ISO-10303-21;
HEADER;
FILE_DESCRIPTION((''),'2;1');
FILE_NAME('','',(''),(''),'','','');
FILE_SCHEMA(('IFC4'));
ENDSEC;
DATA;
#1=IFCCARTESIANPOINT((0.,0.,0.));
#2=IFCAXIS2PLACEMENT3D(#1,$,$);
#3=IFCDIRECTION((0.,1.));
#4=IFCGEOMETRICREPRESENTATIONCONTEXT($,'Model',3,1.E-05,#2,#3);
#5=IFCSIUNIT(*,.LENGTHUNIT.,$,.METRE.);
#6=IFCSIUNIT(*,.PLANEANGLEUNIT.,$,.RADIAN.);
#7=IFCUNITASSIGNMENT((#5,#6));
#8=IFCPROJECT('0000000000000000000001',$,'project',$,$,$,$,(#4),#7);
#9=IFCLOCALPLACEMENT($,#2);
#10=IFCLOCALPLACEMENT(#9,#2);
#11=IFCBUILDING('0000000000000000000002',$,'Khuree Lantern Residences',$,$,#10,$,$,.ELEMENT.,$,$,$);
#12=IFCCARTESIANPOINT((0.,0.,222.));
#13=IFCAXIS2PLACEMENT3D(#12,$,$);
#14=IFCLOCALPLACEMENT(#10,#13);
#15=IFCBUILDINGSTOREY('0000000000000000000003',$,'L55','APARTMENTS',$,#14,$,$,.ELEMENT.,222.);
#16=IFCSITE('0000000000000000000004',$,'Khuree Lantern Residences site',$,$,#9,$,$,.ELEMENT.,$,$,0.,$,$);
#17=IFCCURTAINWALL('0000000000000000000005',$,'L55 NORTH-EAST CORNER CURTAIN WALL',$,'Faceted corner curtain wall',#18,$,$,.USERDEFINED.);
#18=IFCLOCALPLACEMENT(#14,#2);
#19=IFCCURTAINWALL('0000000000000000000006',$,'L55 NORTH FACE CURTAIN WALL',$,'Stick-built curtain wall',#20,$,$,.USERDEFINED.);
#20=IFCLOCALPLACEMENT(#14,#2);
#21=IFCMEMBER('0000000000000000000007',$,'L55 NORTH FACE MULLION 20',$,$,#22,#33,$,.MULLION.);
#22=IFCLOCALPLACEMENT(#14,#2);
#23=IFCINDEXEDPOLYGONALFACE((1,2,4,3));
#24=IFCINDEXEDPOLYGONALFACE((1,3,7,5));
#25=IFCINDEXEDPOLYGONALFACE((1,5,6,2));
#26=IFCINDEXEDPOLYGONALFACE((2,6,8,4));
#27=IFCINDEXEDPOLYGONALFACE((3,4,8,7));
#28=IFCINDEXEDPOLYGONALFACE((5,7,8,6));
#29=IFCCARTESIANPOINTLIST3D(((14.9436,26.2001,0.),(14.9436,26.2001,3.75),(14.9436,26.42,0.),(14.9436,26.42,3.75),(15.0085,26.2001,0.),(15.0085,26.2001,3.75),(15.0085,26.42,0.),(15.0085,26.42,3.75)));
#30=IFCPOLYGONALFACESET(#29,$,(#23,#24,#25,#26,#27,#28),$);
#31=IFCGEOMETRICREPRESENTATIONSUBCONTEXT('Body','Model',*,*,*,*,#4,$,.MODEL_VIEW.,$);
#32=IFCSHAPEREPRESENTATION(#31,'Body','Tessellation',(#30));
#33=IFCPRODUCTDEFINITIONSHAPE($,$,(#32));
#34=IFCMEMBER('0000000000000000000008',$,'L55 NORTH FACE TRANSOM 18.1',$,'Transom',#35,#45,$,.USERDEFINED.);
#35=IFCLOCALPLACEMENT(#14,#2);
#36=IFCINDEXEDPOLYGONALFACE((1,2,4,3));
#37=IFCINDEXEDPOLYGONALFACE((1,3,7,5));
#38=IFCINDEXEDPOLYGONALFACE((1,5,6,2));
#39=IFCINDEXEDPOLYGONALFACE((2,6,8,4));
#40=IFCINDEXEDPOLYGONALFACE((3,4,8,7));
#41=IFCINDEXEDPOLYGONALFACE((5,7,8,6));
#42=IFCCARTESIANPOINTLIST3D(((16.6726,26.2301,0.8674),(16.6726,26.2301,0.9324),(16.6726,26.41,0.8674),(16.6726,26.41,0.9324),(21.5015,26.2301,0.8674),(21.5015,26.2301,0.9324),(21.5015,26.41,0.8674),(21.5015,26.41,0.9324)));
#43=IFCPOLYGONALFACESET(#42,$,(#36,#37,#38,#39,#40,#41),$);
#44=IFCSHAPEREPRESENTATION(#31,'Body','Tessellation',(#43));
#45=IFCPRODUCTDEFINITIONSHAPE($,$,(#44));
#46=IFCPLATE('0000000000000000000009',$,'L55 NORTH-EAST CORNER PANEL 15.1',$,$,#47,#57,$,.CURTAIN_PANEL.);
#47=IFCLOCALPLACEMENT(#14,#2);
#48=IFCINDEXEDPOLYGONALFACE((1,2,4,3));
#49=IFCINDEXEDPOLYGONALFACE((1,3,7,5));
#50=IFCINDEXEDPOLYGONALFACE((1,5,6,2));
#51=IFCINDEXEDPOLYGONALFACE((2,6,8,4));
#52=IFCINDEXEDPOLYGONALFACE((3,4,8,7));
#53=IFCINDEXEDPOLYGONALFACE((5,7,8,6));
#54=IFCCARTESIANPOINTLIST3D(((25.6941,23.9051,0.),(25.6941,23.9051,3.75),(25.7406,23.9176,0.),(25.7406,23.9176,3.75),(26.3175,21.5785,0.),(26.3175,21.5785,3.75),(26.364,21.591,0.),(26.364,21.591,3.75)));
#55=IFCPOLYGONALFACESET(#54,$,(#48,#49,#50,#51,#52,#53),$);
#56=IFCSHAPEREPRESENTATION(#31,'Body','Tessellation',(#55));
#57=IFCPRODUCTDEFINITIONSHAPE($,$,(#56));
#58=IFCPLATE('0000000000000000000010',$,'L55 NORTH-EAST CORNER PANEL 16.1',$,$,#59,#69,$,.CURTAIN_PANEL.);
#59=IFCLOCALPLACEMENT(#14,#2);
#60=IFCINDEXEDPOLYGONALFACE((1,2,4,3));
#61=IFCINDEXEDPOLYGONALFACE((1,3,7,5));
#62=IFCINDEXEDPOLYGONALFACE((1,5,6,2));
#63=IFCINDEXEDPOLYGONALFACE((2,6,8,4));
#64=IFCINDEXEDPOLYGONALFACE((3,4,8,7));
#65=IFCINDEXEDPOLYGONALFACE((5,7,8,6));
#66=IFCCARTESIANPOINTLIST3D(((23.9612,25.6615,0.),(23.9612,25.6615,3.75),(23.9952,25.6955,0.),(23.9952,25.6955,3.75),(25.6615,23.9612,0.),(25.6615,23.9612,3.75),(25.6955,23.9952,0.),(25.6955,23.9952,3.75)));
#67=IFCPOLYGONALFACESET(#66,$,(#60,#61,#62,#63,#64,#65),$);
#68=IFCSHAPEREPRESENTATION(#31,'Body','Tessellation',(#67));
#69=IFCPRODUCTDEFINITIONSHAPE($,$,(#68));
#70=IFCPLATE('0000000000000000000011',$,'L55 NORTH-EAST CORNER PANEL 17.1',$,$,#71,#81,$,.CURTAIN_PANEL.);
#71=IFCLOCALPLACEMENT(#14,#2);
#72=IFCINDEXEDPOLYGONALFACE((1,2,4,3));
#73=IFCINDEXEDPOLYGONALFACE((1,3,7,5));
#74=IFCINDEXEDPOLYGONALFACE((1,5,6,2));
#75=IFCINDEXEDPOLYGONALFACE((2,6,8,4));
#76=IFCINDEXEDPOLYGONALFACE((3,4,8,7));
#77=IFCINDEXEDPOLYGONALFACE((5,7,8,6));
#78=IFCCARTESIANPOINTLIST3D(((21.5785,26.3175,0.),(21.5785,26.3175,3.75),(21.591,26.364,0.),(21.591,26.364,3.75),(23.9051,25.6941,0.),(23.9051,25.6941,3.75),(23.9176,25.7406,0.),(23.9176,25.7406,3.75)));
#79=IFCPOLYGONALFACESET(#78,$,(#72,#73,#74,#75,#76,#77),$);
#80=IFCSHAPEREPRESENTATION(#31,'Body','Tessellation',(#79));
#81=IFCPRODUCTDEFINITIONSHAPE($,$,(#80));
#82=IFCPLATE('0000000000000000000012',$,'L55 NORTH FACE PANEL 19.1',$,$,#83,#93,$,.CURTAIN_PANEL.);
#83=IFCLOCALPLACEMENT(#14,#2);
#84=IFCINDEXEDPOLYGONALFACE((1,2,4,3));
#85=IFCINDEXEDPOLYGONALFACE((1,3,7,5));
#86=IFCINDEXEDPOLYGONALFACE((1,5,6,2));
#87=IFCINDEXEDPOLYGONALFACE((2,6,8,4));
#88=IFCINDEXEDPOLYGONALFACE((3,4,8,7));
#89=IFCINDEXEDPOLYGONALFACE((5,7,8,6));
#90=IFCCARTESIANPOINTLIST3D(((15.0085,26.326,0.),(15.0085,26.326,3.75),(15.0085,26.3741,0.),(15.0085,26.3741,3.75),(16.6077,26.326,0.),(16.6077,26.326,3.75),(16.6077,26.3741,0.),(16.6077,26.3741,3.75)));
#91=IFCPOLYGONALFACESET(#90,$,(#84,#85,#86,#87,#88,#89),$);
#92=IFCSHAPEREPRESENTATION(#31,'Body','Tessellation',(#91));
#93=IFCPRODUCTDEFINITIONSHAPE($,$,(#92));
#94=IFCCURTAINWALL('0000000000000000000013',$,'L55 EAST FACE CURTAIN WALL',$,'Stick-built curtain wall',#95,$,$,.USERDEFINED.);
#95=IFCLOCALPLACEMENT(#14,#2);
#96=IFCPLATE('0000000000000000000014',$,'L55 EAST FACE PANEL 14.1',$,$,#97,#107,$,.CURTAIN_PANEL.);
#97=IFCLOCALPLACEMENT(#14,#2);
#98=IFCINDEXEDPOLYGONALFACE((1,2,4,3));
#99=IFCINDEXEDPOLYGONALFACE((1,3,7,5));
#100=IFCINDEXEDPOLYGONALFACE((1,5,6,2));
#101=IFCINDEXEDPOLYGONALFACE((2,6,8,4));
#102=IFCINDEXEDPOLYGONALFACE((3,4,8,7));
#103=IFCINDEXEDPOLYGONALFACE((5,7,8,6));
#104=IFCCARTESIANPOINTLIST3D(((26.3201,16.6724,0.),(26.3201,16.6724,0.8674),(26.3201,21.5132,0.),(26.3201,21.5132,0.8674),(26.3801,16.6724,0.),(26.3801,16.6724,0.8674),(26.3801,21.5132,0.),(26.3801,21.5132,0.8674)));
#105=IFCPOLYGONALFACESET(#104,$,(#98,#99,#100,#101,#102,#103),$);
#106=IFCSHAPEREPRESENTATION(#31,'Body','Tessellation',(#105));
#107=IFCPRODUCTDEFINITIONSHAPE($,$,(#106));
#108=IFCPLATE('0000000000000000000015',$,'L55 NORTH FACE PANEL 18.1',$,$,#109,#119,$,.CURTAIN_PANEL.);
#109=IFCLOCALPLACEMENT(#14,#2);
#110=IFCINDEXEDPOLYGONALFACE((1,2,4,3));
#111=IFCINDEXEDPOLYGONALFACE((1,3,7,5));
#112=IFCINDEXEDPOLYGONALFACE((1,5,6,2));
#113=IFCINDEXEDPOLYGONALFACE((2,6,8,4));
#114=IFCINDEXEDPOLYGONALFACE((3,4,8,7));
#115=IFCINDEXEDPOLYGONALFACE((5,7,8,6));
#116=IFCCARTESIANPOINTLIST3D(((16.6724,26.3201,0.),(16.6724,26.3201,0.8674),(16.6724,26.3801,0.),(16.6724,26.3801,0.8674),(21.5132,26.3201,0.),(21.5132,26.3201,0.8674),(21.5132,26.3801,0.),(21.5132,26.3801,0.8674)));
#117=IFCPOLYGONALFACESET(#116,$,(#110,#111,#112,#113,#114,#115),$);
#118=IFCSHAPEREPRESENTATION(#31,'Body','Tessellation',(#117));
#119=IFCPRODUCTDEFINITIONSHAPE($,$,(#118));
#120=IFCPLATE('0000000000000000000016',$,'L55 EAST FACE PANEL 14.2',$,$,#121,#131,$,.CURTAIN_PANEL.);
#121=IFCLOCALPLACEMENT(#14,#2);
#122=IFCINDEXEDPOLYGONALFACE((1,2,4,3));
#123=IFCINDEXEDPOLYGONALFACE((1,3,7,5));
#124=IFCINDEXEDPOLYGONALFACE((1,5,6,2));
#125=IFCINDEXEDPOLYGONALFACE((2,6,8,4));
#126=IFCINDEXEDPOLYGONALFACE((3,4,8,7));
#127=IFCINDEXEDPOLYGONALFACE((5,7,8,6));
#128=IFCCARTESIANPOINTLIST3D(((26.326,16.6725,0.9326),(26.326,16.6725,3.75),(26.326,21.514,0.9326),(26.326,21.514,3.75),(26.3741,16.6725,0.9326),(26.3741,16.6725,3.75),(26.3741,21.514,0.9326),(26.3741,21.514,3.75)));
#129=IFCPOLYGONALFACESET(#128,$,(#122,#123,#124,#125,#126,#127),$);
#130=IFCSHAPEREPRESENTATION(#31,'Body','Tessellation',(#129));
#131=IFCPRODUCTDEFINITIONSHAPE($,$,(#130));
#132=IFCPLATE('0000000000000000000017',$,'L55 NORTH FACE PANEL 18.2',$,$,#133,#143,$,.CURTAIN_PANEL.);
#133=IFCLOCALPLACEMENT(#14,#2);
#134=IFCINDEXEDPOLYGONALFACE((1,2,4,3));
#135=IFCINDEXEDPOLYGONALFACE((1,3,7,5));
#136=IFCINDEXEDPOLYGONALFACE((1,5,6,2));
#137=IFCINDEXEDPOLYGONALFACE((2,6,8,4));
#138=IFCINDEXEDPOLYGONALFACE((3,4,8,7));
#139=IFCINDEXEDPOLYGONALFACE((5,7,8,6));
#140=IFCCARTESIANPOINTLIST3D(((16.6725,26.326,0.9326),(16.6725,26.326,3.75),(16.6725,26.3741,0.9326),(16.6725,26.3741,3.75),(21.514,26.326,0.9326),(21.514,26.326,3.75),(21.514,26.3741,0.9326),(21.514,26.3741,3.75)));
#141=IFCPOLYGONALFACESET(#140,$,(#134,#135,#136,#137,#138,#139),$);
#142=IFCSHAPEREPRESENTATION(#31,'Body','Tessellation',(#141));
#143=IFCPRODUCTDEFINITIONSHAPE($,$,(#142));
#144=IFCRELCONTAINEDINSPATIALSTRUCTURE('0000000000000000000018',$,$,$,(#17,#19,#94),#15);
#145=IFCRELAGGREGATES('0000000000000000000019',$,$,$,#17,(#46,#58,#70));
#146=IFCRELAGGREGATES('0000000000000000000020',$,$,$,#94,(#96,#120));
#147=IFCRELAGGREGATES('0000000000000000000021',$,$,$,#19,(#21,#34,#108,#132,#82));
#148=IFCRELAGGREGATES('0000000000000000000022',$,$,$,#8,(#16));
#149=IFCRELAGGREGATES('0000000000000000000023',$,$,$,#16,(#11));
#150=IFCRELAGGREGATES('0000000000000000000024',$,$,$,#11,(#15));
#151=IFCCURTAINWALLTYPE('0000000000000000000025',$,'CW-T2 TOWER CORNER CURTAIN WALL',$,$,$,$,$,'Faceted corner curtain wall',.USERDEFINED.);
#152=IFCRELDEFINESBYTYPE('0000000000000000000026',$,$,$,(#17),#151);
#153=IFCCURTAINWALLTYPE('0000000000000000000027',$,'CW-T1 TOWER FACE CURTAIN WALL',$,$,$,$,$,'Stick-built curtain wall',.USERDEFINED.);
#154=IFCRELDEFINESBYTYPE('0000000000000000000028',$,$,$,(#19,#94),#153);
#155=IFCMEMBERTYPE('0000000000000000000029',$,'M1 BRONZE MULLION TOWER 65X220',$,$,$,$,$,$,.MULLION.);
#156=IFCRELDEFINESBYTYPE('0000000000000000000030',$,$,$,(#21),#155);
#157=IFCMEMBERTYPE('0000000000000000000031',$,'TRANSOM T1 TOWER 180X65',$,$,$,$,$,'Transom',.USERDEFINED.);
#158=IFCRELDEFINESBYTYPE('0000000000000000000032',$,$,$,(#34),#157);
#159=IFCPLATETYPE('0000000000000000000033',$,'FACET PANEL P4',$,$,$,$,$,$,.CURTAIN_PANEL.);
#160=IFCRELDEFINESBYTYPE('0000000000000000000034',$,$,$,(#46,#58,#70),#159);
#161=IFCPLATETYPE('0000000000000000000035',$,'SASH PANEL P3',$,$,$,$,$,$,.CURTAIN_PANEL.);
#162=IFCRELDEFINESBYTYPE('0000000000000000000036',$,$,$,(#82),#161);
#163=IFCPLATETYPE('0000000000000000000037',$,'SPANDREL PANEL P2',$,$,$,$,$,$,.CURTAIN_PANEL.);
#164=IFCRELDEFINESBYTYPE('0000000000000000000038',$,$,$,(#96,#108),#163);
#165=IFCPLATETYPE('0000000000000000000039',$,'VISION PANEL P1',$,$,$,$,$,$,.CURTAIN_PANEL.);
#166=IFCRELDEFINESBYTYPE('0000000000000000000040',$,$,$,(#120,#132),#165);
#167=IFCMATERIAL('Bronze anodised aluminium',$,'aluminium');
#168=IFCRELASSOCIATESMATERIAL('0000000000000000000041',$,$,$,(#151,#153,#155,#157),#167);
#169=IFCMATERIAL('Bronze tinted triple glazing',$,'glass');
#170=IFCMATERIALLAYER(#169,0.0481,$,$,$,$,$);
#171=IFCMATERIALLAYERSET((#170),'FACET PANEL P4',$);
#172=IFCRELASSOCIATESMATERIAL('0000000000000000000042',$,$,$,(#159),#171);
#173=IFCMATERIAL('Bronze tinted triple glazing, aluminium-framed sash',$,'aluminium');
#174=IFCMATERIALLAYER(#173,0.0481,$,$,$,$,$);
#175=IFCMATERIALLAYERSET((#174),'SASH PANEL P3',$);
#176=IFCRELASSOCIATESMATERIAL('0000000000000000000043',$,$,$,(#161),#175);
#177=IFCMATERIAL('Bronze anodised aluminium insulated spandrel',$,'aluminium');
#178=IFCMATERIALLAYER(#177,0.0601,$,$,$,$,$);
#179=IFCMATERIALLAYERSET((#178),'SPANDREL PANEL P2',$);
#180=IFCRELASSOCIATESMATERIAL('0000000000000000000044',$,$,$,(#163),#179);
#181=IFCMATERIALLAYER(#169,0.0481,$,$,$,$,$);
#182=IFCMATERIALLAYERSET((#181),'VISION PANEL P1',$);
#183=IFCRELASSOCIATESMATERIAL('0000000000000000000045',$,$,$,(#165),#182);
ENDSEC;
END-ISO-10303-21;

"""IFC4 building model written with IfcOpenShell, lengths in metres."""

from ifc_helpers import new_model, si_unit, direction, frame, origin, origin_2d, place, context, subcontext, project, spatial, rectangle, extrude, material, layer, layer_set, material_profile, profile_set, type_object, element, aggregate, save


model = new_model("IFC4")

# Units and contexts
model_context = context("Model", 3, precision=1e-05, world=origin(), true_north=direction((0.0, 1.0)))
body_context = subcontext(model_context, "Body", "Model", "MODEL_VIEW")
ifc_project = project(units=[si_unit("LENGTHUNIT", "METRE"), si_unit("PLANEANGLEUNIT", "RADIAN")], contexts=[model_context])

# Site, building, storey
site_placement = place(None, origin())
site = spatial("IfcSite", under=ifc_project, at=site_placement, Name="Khuree Lantern Residences site", CompositionType="ELEMENT", RefElevation=0.0)
building_placement = place(site_placement, origin())
building = spatial("IfcBuilding", under=site, at=building_placement, Name="Khuree Lantern Residences", CompositionType="ELEMENT")
storey_placement = place(building_placement, frame((0.0, 0.0, 222.0)))
storey = spatial("IfcBuildingStorey", under=building, at=storey_placement, Name="L55", Description="APARTMENTS", CompositionType="ELEMENT", Elevation=222.0)

# Curtain walls
ifc_material_1 = material(Name="Bronze anodised aluminium", Category="aluminium")
curtain_wall_type_1 = type_object("IfcCurtainWallType", Name="CW-T2 TOWER CORNER CURTAIN WALL", ElementType="Faceted corner curtain wall", PredefinedType="USERDEFINED", material=ifc_material_1)
curtain_wall_1_placement = place(storey_placement, origin())
curtain_wall_1 = element("IfcCurtainWall", 1, at=curtain_wall_1_placement, inside=storey, type_object=curtain_wall_type_1, Name="L55 NORTH-EAST CORNER CURTAIN WALL", ObjectType="Faceted corner curtain wall", PredefinedType="USERDEFINED")
curtain_wall_type_2 = type_object("IfcCurtainWallType", Name="CW-T1 TOWER FACE CURTAIN WALL", ElementType="Stick-built curtain wall", PredefinedType="USERDEFINED", material=ifc_material_1)
curtain_wall_2_placement = place(storey_placement, origin())
curtain_wall_2 = element("IfcCurtainWall", 2, at=curtain_wall_2_placement, inside=storey, type_object=curtain_wall_type_2, Name="L55 NORTH FACE CURTAIN WALL", ObjectType="Stick-built curtain wall", PredefinedType="USERDEFINED")

# Members
ifc_material_profile_1 = material_profile(ifc_material_1, rectangle(XDim=0.0649, YDim=0.22, at=origin_2d()), Name="M1 65X220")
ifc_profile_set_1 = profile_set([ifc_material_profile_1], Name="Bronze anodised aluminium")
member_type_1 = type_object("IfcMemberType", Name="M1 BRONZE MULLION TOWER 65X220", PredefinedType="MULLION", material=ifc_profile_set_1)
member_1_placement = place(storey_placement, frame((14.9761, 26.3101, 0.0), z_axis=(0.0, 0.0, 1.0), x_axis=(-1.0, 0.0, 0.0)))
member_1 = element("IfcMember", 3, at=member_1_placement, type_object=member_type_1, Name="L55 NORTH FACE MULLION 20", PredefinedType="MULLION", context=body_context, shape_type="SweptSolid", body=[
    extrude(rectangle(XDim=0.0649, YDim=0.22, at=origin_2d()), origin(), (0.0, 0.0, 1.0), 3.75),
])
ifc_material_profile_2 = material_profile(ifc_material_1, rectangle(XDim=0.1799, YDim=0.0649, at=origin_2d()), Name="T1 180X65")
ifc_profile_set_2 = profile_set([ifc_material_profile_2], Name="Bronze anodised aluminium")
member_type_2 = type_object("IfcMemberType", Name="TRANSOM T1 TOWER 180X65", ElementType="Transom", PredefinedType="USERDEFINED", material=ifc_profile_set_2)
member_2_placement = place(storey_placement, frame((21.5015, 26.3201, 0.8999), z_axis=(-1.0, 0.0, 0.0), x_axis=(0.0, -1.0, 0.0)))
member_2 = element("IfcMember", 4, at=member_2_placement, type_object=member_type_2, Name="L55 NORTH FACE TRANSOM 18.1", ObjectType="Transom", PredefinedType="USERDEFINED", context=body_context, shape_type="SweptSolid", body=[
    extrude(rectangle(XDim=0.1799, YDim=0.0649, at=origin_2d()), origin(), (0.0, 0.0, 1.0), 4.8289),
])

# Plates
ifc_material_2 = material(Name="Bronze tinted triple glazing", Category="glass")
ifc_layer_1 = layer(ifc_material_2, 0.0481)
ifc_layer_set_1 = layer_set([ifc_layer_1], Name="FACET PANEL P4")
plate_type_1 = type_object("IfcPlateType", Name="FACET PANEL P4", PredefinedType="CURTAIN_PANEL", material=ifc_layer_set_1)
plate_1_placement = place(storey_placement, frame((26.0291, 22.748, 0.0), z_axis=(0.0, 0.0, 1.0), x_axis=(-0.258819, 0.965926, 0.0)))
plate_1 = element("IfcPlate", 5, at=plate_1_placement, type_object=plate_type_1, Name="L55 NORTH-EAST CORNER PANEL 15.1", PredefinedType="CURTAIN_PANEL", context=body_context, shape_type="SweptSolid", body=[
    extrude(rectangle(XDim=2.4087, YDim=0.0481, at=origin_2d()), origin(), (0.0, 0.0, 1.0), 3.75),
])
plate_2_placement = place(storey_placement, frame((24.8284, 24.8284, 0.0), z_axis=(0.0, 0.0, 1.0), x_axis=(-0.707107, 0.707107, 0.0)))
plate_2 = element("IfcPlate", 6, at=plate_2_placement, type_object=plate_type_1, Name="L55 NORTH-EAST CORNER PANEL 16.1", PredefinedType="CURTAIN_PANEL", context=body_context, shape_type="SweptSolid", body=[
    extrude(rectangle(XDim=2.4045, YDim=0.0481, at=origin_2d()), origin(), (0.0, 0.0, 1.0), 3.75),
])
plate_3_placement = place(storey_placement, frame((22.748, 26.0291, 0.0), z_axis=(0.0, 0.0, 1.0), x_axis=(-0.965926, 0.258819, 0.0)))
plate_3 = element("IfcPlate", 7, at=plate_3_placement, type_object=plate_type_1, Name="L55 NORTH-EAST CORNER PANEL 17.1", PredefinedType="CURTAIN_PANEL", context=body_context, shape_type="SweptSolid", body=[
    extrude(rectangle(XDim=2.4087, YDim=0.0481, at=origin_2d()), origin(), (0.0, 0.0, 1.0), 3.75),
])
aggregate(curtain_wall_1, [plate_1, plate_2, plate_3])
ifc_material_3 = material(Name="Bronze tinted triple glazing, aluminium-framed sash", Category="aluminium")
ifc_layer_2 = layer(ifc_material_3, 0.0481)
ifc_layer_set_2 = layer_set([ifc_layer_2], Name="SASH PANEL P3")
plate_type_2 = type_object("IfcPlateType", Name="SASH PANEL P3", PredefinedType="CURTAIN_PANEL", material=ifc_layer_set_2)
plate_4_placement = place(storey_placement, frame((15.8081, 26.3501, 0.0), z_axis=(0.0, 0.0, 1.0), x_axis=(-1.0, 0.0, 0.0)))
plate_4 = element("IfcPlate", 8, at=plate_4_placement, type_object=plate_type_2, Name="L55 NORTH FACE PANEL 19.1", PredefinedType="CURTAIN_PANEL", context=body_context, shape_type="SweptSolid", body=[
    extrude(rectangle(XDim=1.5991, YDim=0.0481, at=origin_2d()), origin(), (0.0, 0.0, 1.0), 3.75),
])

# Curtain wall, plate
curtain_wall_3_placement = place(storey_placement, origin())
curtain_wall_3 = element("IfcCurtainWall", 9, at=curtain_wall_3_placement, inside=storey, type_object=curtain_wall_type_2, Name="L55 EAST FACE CURTAIN WALL", ObjectType="Stick-built curtain wall", PredefinedType="USERDEFINED")
ifc_material_4 = material(Name="Bronze anodised aluminium insulated spandrel", Category="aluminium")
ifc_layer_3 = layer(ifc_material_4, 0.0601)
ifc_layer_set_3 = layer_set([ifc_layer_3], Name="SPANDREL PANEL P2")
plate_type_3 = type_object("IfcPlateType", Name="SPANDREL PANEL P2", PredefinedType="CURTAIN_PANEL", material=ifc_layer_set_3)
plate_5_placement = place(storey_placement, frame((26.3501, 19.0928, 0.0), z_axis=(0.0, 0.0, 1.0), x_axis=(0.0, 1.0, 0.0)))
plate_5 = element("IfcPlate", 10, at=plate_5_placement, type_object=plate_type_3, Name="L55 EAST FACE PANEL 14.1", PredefinedType="CURTAIN_PANEL", context=body_context, shape_type="SweptSolid", body=[
    extrude(rectangle(XDim=4.8408, YDim=0.0601, at=origin_2d()), origin(), (0.0, 0.0, 1.0), 0.8674),
])

# Plates
plate_6_placement = place(storey_placement, frame((19.0928, 26.3501, 0.0), z_axis=(0.0, 0.0, 1.0), x_axis=(-1.0, 0.0, 0.0)))
plate_6 = element("IfcPlate", 11, at=plate_6_placement, type_object=plate_type_3, Name="L55 NORTH FACE PANEL 18.1", PredefinedType="CURTAIN_PANEL", context=body_context, shape_type="SweptSolid", body=[
    extrude(rectangle(XDim=4.8408, YDim=0.0601, at=origin_2d()), origin(), (0.0, 0.0, 1.0), 0.8674),
])
ifc_layer_4 = layer(ifc_material_2, 0.0481)
ifc_layer_set_4 = layer_set([ifc_layer_4], Name="VISION PANEL P1")
plate_type_4 = type_object("IfcPlateType", Name="VISION PANEL P1", PredefinedType="CURTAIN_PANEL", material=ifc_layer_set_4)
plate_7_placement = place(storey_placement, frame((26.3501, 19.0933, 0.9326), z_axis=(0.0, 0.0, 1.0), x_axis=(0.0, 1.0, 0.0)))
plate_7 = element("IfcPlate", 12, at=plate_7_placement, type_object=plate_type_4, Name="L55 EAST FACE PANEL 14.2", PredefinedType="CURTAIN_PANEL", context=body_context, shape_type="SweptSolid", body=[
    extrude(rectangle(XDim=4.8416, YDim=0.0481, at=origin_2d()), origin(), (0.0, 0.0, 1.0), 2.8174),
])
aggregate(curtain_wall_3, [plate_5, plate_7])
plate_8_placement = place(storey_placement, frame((19.0933, 26.3501, 0.9326), z_axis=(0.0, 0.0, 1.0), x_axis=(-1.0, 0.0, 0.0)))
plate_8 = element("IfcPlate", 13, at=plate_8_placement, type_object=plate_type_4, Name="L55 NORTH FACE PANEL 18.2", PredefinedType="CURTAIN_PANEL", context=body_context, shape_type="SweptSolid", body=[
    extrude(rectangle(XDim=4.8416, YDim=0.0481, at=origin_2d()), origin(), (0.0, 0.0, 1.0), 2.8174),
])
aggregate(curtain_wall_2, [member_1, member_2, plate_6, plate_8, plate_4])

save(model, "model.ifc")
